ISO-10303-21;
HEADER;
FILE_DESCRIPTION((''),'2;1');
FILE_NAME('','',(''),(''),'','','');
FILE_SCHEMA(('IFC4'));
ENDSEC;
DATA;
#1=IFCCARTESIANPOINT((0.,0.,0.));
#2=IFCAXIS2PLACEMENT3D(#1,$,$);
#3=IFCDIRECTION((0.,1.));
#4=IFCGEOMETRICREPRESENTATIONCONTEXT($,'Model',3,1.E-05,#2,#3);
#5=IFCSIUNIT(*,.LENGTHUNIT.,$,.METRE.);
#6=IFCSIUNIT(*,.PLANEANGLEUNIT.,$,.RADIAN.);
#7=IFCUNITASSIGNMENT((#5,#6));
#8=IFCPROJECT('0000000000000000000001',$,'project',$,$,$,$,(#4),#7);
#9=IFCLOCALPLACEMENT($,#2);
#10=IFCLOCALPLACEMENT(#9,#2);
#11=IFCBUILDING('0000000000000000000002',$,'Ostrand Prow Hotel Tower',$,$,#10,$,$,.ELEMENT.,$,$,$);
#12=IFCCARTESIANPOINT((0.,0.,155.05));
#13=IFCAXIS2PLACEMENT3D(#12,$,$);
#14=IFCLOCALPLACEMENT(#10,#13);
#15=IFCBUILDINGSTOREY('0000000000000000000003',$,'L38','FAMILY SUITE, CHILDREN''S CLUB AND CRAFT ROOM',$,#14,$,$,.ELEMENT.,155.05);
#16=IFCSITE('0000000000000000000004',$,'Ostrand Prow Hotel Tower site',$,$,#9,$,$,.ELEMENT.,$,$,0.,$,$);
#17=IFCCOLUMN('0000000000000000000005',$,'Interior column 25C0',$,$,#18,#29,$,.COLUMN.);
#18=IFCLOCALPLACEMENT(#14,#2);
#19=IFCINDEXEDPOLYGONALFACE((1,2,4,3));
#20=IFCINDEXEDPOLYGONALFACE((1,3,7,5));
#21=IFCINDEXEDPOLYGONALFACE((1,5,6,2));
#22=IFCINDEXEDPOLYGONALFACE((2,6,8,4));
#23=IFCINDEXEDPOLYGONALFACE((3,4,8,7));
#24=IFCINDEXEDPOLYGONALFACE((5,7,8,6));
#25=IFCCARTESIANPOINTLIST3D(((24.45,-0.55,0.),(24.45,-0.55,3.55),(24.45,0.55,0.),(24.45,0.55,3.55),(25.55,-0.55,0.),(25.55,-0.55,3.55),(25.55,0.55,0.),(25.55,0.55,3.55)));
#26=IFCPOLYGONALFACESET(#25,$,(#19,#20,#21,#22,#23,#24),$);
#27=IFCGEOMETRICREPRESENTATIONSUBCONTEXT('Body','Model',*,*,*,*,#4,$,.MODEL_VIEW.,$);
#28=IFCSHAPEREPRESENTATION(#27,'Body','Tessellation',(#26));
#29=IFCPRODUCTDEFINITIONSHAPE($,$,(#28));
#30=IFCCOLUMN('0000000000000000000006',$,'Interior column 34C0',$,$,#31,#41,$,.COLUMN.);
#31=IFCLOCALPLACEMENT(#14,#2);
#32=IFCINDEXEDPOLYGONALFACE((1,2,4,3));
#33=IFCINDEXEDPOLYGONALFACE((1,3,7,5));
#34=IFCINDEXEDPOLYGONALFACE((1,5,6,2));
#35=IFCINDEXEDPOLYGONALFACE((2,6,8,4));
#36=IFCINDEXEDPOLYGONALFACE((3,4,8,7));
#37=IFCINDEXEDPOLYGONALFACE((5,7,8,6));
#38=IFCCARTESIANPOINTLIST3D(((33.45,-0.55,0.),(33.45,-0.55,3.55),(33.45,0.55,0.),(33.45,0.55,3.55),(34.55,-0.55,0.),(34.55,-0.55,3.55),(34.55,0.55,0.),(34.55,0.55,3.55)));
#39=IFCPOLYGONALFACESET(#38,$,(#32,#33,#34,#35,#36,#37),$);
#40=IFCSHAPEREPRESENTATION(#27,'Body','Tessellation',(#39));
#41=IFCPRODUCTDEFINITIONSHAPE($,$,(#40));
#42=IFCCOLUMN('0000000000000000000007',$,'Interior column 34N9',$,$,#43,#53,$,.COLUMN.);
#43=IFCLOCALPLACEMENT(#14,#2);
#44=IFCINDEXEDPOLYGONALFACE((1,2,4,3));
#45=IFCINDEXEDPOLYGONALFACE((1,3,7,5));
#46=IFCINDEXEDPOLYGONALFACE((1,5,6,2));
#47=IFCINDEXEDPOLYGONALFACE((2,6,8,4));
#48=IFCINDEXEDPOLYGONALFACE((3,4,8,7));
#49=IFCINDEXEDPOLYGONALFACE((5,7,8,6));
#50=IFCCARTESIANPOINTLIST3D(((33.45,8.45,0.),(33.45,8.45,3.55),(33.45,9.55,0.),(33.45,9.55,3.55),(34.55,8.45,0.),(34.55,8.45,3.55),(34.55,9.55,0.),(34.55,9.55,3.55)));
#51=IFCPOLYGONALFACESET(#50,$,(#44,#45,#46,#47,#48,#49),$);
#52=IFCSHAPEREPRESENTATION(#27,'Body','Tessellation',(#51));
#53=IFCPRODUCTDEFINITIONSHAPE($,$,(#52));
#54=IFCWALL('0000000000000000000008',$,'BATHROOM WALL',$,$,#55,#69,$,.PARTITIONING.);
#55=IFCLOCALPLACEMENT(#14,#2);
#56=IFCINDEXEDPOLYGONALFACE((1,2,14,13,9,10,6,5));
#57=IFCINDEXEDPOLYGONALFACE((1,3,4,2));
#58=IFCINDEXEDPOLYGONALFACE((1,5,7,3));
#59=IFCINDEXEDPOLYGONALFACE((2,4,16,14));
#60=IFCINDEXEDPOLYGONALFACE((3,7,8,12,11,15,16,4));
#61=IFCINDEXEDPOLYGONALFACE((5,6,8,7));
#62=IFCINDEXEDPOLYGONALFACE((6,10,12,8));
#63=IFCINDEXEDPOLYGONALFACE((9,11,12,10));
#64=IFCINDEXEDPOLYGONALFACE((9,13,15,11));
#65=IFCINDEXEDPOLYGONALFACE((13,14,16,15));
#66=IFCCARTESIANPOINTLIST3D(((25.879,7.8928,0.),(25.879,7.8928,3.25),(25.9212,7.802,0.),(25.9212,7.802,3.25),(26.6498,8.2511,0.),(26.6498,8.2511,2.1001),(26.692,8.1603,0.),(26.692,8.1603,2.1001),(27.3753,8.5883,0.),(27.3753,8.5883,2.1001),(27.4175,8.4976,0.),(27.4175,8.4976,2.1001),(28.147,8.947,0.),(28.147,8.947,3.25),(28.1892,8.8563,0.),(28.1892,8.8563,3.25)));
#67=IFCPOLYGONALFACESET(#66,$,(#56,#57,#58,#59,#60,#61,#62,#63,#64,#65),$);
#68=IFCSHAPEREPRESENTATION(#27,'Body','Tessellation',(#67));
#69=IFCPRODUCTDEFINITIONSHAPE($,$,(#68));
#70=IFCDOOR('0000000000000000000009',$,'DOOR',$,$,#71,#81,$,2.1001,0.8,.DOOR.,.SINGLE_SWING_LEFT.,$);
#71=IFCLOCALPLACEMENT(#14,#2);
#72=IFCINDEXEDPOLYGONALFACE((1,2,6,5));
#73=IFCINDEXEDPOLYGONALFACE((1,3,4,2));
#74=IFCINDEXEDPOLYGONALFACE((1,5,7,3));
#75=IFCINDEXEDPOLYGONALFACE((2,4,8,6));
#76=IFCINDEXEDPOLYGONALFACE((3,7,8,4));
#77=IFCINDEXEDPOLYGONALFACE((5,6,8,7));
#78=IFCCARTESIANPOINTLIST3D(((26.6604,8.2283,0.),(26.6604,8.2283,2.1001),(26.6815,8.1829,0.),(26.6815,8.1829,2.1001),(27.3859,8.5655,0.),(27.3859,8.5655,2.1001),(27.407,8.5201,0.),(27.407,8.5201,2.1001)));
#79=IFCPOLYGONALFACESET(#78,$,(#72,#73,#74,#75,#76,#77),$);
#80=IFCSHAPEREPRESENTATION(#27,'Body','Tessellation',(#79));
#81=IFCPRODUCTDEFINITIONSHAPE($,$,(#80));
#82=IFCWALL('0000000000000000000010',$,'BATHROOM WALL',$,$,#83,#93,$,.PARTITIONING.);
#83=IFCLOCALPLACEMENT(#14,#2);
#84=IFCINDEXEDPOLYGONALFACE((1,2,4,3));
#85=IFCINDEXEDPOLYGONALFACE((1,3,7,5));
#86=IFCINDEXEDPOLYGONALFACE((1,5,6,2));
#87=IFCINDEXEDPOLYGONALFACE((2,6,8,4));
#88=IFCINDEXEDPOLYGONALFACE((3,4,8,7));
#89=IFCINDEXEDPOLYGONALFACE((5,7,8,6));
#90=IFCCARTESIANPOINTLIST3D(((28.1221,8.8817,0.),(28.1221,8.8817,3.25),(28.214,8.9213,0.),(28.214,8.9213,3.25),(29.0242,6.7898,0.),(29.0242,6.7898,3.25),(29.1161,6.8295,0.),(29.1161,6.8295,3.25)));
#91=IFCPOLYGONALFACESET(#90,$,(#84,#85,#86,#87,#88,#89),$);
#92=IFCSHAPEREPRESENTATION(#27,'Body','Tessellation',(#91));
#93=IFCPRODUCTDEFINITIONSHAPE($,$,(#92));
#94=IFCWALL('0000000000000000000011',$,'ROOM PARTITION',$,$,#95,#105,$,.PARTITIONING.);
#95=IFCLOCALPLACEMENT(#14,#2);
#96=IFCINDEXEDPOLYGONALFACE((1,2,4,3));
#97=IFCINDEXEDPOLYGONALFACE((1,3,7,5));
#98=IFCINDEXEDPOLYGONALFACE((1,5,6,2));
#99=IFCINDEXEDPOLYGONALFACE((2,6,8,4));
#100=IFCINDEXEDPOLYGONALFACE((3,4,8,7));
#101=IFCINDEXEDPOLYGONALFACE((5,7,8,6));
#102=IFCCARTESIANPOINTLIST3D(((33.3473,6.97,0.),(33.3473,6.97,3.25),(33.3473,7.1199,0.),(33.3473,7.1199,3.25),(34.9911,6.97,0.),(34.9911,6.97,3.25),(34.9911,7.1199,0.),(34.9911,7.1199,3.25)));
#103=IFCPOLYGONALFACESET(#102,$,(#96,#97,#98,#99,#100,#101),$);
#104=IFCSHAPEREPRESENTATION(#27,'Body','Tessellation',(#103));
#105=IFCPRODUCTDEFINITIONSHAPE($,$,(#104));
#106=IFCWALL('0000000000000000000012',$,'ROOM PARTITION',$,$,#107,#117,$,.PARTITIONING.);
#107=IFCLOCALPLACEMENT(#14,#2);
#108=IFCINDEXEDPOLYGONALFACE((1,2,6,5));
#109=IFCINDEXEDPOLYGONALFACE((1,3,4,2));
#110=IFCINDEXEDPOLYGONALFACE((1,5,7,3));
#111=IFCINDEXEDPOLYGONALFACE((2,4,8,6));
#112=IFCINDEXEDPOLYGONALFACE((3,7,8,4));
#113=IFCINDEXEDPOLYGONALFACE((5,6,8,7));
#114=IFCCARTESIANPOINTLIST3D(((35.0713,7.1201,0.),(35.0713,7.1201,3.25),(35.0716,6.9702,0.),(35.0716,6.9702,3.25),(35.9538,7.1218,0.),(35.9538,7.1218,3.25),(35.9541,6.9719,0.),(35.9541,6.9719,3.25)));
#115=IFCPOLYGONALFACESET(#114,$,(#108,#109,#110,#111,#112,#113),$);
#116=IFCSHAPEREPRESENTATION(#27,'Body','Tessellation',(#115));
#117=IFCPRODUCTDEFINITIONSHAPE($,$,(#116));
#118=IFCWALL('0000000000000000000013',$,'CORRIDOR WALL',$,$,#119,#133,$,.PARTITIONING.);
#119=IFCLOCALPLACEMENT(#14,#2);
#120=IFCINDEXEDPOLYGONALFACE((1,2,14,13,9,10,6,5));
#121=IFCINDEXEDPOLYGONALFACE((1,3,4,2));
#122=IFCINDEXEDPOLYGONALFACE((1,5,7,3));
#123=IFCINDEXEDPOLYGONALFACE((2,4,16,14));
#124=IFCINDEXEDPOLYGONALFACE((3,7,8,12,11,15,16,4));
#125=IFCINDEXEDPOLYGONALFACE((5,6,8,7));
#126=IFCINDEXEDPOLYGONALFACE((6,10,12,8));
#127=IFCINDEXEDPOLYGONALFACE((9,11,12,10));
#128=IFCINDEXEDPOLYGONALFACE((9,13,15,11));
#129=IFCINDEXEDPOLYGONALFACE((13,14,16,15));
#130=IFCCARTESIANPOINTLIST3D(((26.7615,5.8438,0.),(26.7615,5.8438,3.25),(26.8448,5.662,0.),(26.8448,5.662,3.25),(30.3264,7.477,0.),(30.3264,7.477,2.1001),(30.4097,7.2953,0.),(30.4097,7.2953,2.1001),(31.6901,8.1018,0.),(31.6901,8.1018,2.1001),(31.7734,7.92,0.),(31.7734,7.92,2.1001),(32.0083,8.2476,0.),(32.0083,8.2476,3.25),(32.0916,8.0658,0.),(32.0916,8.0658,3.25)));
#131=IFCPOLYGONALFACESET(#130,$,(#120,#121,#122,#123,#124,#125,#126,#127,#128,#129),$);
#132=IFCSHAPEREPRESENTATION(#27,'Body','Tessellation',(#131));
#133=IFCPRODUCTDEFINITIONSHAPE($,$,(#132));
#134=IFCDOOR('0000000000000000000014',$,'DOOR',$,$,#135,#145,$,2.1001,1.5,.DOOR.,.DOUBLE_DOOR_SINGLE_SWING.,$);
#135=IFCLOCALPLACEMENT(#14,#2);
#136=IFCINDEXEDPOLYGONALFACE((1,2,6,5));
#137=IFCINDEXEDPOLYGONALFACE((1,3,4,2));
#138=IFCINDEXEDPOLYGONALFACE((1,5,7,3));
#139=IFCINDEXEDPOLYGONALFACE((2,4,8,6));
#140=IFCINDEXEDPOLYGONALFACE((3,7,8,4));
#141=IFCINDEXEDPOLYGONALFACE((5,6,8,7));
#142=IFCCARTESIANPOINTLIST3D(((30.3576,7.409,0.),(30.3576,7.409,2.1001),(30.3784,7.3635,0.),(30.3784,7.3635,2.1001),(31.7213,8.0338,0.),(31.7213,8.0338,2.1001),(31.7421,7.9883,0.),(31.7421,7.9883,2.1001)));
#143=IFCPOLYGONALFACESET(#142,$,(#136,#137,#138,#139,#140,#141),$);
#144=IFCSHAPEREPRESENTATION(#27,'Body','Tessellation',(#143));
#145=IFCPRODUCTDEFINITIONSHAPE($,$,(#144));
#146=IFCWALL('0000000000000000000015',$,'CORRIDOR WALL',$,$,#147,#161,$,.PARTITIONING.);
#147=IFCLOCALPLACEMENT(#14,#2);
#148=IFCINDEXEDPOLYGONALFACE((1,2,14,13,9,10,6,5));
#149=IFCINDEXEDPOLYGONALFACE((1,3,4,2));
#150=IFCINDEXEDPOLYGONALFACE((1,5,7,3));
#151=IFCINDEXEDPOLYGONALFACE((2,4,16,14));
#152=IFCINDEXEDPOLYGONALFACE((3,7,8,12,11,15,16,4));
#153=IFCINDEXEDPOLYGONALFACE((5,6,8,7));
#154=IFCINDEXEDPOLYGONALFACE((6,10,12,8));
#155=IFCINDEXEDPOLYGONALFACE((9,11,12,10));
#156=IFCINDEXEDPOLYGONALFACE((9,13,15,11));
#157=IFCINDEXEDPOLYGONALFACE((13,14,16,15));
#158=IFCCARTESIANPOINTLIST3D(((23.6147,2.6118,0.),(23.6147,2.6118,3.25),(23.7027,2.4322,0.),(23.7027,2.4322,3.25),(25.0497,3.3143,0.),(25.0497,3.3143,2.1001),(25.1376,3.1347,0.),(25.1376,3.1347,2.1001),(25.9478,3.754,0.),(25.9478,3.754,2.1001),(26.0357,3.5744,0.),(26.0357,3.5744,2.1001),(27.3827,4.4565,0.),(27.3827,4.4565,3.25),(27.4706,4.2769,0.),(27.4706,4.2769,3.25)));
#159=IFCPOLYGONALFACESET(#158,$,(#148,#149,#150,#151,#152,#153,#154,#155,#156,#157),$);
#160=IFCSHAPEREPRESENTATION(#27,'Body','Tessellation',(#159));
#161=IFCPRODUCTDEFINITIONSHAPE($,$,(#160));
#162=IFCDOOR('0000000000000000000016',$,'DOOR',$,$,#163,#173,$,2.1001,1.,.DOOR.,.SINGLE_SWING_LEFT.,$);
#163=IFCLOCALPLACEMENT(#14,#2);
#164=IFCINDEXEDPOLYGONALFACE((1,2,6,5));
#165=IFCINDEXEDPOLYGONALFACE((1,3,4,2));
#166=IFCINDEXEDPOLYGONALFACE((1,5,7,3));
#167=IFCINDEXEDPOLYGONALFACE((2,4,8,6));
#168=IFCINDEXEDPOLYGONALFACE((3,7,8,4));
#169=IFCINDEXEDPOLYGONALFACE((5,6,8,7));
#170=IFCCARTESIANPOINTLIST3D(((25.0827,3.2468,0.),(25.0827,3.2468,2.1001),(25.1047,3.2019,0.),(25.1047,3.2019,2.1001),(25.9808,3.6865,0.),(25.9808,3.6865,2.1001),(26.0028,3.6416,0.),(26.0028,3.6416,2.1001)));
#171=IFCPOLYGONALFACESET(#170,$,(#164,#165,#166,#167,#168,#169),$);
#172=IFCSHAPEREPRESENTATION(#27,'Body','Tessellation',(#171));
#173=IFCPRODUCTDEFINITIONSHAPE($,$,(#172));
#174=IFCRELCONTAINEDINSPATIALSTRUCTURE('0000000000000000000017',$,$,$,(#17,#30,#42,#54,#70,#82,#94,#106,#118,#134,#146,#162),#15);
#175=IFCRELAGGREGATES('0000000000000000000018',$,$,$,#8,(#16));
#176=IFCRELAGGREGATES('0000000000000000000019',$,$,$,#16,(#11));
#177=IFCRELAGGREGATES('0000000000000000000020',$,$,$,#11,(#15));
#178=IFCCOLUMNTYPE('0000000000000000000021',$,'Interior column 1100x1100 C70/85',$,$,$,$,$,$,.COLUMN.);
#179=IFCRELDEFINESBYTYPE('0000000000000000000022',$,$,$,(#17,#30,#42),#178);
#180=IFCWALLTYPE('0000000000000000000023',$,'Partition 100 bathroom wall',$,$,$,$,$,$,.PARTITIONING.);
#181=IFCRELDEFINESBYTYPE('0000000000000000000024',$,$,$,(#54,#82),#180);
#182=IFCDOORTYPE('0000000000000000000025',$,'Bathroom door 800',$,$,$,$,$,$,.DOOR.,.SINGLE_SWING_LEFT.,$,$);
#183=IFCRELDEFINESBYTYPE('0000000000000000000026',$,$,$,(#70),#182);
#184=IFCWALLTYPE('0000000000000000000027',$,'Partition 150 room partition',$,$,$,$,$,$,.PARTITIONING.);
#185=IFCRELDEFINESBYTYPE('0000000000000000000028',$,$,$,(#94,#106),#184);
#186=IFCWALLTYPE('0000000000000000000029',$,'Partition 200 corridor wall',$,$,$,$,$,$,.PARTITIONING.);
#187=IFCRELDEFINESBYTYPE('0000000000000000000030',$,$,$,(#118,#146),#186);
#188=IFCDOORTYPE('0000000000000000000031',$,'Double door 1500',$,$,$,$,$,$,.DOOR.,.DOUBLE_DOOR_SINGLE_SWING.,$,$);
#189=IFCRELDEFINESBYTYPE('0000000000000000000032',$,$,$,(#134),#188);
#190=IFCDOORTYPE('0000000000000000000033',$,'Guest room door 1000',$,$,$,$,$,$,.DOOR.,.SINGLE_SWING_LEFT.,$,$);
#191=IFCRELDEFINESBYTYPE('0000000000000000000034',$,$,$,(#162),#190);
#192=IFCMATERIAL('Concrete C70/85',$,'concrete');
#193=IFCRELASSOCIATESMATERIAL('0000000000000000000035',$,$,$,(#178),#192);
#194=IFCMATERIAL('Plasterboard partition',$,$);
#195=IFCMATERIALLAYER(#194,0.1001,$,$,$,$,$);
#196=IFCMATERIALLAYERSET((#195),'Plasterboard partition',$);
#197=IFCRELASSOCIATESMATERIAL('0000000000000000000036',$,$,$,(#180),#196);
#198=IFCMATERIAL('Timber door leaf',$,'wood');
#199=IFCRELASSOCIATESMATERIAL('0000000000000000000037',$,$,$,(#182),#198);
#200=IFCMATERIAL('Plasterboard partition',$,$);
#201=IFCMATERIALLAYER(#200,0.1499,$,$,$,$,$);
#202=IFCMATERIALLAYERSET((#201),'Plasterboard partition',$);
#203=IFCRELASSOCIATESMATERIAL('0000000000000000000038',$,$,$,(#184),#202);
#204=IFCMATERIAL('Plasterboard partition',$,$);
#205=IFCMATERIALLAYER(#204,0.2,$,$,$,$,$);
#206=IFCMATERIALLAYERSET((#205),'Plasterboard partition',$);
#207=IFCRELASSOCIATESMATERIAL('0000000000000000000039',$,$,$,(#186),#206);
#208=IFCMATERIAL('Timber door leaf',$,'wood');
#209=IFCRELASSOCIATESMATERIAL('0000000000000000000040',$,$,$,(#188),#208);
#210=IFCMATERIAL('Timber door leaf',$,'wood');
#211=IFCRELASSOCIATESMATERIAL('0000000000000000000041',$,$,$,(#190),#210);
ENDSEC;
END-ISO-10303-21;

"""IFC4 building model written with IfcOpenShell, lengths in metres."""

from ifc_helpers import new_model, si_unit, direction, frame, frame_2d, origin, origin_2d, place, context, subcontext, project, spatial, rectangle, extrude, material, layer, layer_set, material_profile, profile_set, type_object, element, fill, save


model = new_model("IFC4")

# Units and contexts
model_context = context("Model", 3, precision=1e-05, world=origin(), true_north=direction((0.0, 1.0)))
body_context = subcontext(model_context, "Body", "Model", "MODEL_VIEW")
ifc_project = project(units=[si_unit("LENGTHUNIT", "METRE"), si_unit("PLANEANGLEUNIT", "RADIAN")], contexts=[model_context])

# Site, building, storey
site_placement = place(None, origin())
site = spatial("IfcSite", under=ifc_project, at=site_placement, Name="Ostrand Prow Hotel Tower site", CompositionType="ELEMENT", RefElevation=0.0)
building_placement = place(site_placement, origin())
building = spatial("IfcBuilding", under=site, at=building_placement, Name="Ostrand Prow Hotel Tower", CompositionType="ELEMENT")
storey_placement = place(building_placement, frame((0.0, 0.0, 155.05)))
storey = spatial("IfcBuildingStorey", under=building, at=storey_placement, Name="L38", Description="FAMILY SUITE, CHILDREN'S CLUB AND CRAFT ROOM", CompositionType="ELEMENT", Elevation=155.05)

# Columns
ifc_material_1 = material(Name="Concrete C70/85", Category="concrete")
ifc_material_profile = material_profile(ifc_material_1, rectangle(XDim=1.1001, YDim=1.1001, at=origin_2d()), Name="RC 1100x1100")
ifc_profile_set = profile_set([ifc_material_profile], Name="Concrete C70/85")
column_type = type_object("IfcColumnType", Name="Interior column 1100x1100 C70/85", PredefinedType="COLUMN", material=ifc_profile_set)
for number, where, z_axis, x_axis, name in (
    (1, (25.0, 0.0, 0.0), (0.0, 0.0, 1.0), (1.0, 0.0, 0.0), "Interior column 25C0"),
    (2, (34.0, 0.0, 0.0), (0.0, 0.0, 1.0), (1.0, 0.0, 0.0), "Interior column 34C0"),
    (3, (34.0, 9.0, 0.0), (0.0, 0.0, 1.0), (1.0, 0.0, 0.0), "Interior column 34N9"),
):
    element("IfcColumn", number, at=place(storey_placement, frame(where, z_axis=z_axis, x_axis=x_axis)), inside=storey, type_object=column_type, Name=name, PredefinedType="COLUMN", context=body_context, shape_type="SweptSolid", body=[
        extrude(rectangle(XDim=1.1001, YDim=1.1001, at=origin_2d()), origin(), (0.0, 0.0, 1.0), 3.55),
    ])

# Wall, opening, door
ifc_material_2 = material(Name="Plasterboard partition")
ifc_layer_1 = layer(ifc_material_2, 0.1001)
ifc_layer_set_1 = layer_set([ifc_layer_1], Name="Plasterboard partition")
wall_type_1 = type_object("IfcWallType", Name="Partition 100 bathroom wall", PredefinedType="PARTITIONING", material=ifc_layer_set_1)
wall_1_placement = place(storey_placement, frame((25.9001, 7.8474, 0.0), z_axis=(0.0, 0.0, 1.0), x_axis=(0.906813, 0.421533, 0.0)))
wall_1 = element("IfcWall", 4, at=wall_1_placement, inside=storey, type_object=wall_type_1, Name="BATHROOM WALL", PredefinedType="PARTITIONING", context=body_context, shape_type="SweptSolid", body=[
    extrude(rectangle(XDim=2.501, YDim=0.1001, at=frame_2d((1.2505, 0.0))), origin(), (0.0, 0.0, 1.0), 3.25),
])
opening_1_placement = place(wall_1_placement, frame((0.8501, 0.0, 0.0)))
opening_1 = element("IfcOpeningElement", 5, at=opening_1_placement, cuts=wall_1, PredefinedType="OPENING", context=body_context, shape_type="SweptSolid", body=[
    extrude(rectangle(XDim=0.8, YDim=2.1001, at=frame_2d((0.3999, 1.05))), frame((0.0, 0.0601, 0.0), z_axis=(0.0, -1.0, 0.0), x_axis=(1.0, 0.0, 0.0)), (0.0, 0.0, 1.0), 0.1201),
])
ifc_material_3 = material(Name="Timber door leaf", Category="wood")
door_type_1 = type_object("IfcDoorType", Name="Bathroom door 800", OperationType="SINGLE_SWING_LEFT", PredefinedType="DOOR", material=ifc_material_3)
door_1_placement = place(opening_1_placement, origin())
door_1 = element("IfcDoor", 6, at=door_1_placement, inside=storey, type_object=door_type_1, Name="DOOR", OperationType="SINGLE_SWING_LEFT", OverallHeight=2.1001, OverallWidth=0.8, PredefinedType="DOOR", context=body_context, shape_type="SweptSolid", body=[
    extrude(rectangle(XDim=0.8, YDim=2.1001, at=frame_2d((0.3999, 1.05))), frame((0.0, 0.0249, 0.0), z_axis=(0.0, -1.0, 0.0), x_axis=(1.0, 0.0, 0.0)), (0.0, 0.0, 1.0), 0.05),
])
fill(opening_1, door_1)

# Walls
wall_2_placement = place(storey_placement, frame((28.168, 8.9016, 0.0), z_axis=(0.0, 0.0, 1.0), x_axis=(0.396001, -0.91825, 0.0)))
element("IfcWall", 7, at=wall_2_placement, inside=storey, type_object=wall_type_1, Name="BATHROOM WALL", PredefinedType="PARTITIONING", context=body_context, shape_type="SweptSolid", body=[
    extrude(rectangle(XDim=2.2781, YDim=0.1001, at=frame_2d((1.1392, 0.0))), origin(), (0.0, 0.0, 1.0), 3.25),
])
ifc_material_4 = material(Name="Plasterboard partition")
ifc_layer_2 = layer(ifc_material_4, 0.1499)
ifc_layer_set_2 = layer_set([ifc_layer_2], Name="Plasterboard partition")
wall_type_2 = type_object("IfcWallType", Name="Partition 150 room partition", PredefinedType="PARTITIONING", material=ifc_layer_set_2)
wall_3_placement = place(storey_placement, frame((33.3474, 7.0449, 0.0), z_axis=(0.0, 0.0, 1.0), x_axis=(1.0, 0.0, 0.0)))
element("IfcWall", 8, at=wall_3_placement, inside=storey, type_object=wall_type_2, Name="ROOM PARTITION", PredefinedType="PARTITIONING", context=body_context, shape_type="SweptSolid", body=[
    extrude(rectangle(XDim=1.6438, YDim=0.1499, at=frame_2d((0.8218, 0.0))), origin(), (0.0, 0.0, 1.0), 3.25),
])
wall_4_placement = place(storey_placement, frame((35.0713, 7.0452, 0.0), z_axis=(0.0, 0.0, 1.0), x_axis=(0.999998, 0.001936, 0.0)))
element("IfcWall", 9, at=wall_4_placement, inside=storey, type_object=wall_type_2, Name="ROOM PARTITION", PredefinedType="PARTITIONING", context=body_context, shape_type="SweptSolid", body=[
    extrude(rectangle(XDim=0.8826, YDim=0.1499, at=frame_2d((0.4414, 0.0))), origin(), (0.0, 0.0, 1.0), 3.25),
])

# Walls, openings, doors
ifc_material_5 = material(Name="Plasterboard partition")
ifc_layer_3 = layer(ifc_material_5, 0.2)
ifc_layer_set_3 = layer_set([ifc_layer_3], Name="Plasterboard partition")
wall_type_3 = type_object("IfcWallType", Name="Partition 200 corridor wall", PredefinedType="PARTITIONING", material=ifc_layer_set_3)
wall_5_placement = place(storey_placement, frame((32.05, 8.1567, 0.0), z_axis=(0.0, 0.0, 1.0), x_axis=(-0.90913, -0.416513, 0.0)))
wall_5 = element("IfcWall", 10, at=wall_5_placement, inside=storey, type_object=wall_type_3, Name="CORRIDOR WALL", PredefinedType="PARTITIONING", context=body_context, shape_type="SweptSolid", body=[
    extrude(rectangle(XDim=5.7712, YDim=0.2, at=frame_2d((2.8857, 0.0))), origin(), (0.0, 0.0, 1.0), 3.25),
])
opening_2_placement = place(wall_5_placement, frame((0.3501, 0.0, 0.0)))
opening_2 = element("IfcOpeningElement", 11, at=opening_2_placement, cuts=wall_5, PredefinedType="OPENING", context=body_context, shape_type="SweptSolid", body=[
    extrude(rectangle(XDim=1.5, YDim=2.1001, at=frame_2d((0.75, 1.05))), frame((0.0, 0.1099, 0.0), z_axis=(0.0, -1.0, 0.0), x_axis=(1.0, 0.0, 0.0)), (0.0, 0.0, 1.0), 0.22),
])
ifc_material_6 = material(Name="Timber door leaf", Category="wood")
door_type_2 = type_object("IfcDoorType", Name="Double door 1500", OperationType="DOUBLE_DOOR_SINGLE_SWING", PredefinedType="DOOR", material=ifc_material_6)
door_2_placement = place(opening_2_placement, origin())
door_2 = element("IfcDoor", 12, at=door_2_placement, inside=storey, type_object=door_type_2, Name="DOOR", OperationType="DOUBLE_DOOR_SINGLE_SWING", OverallHeight=2.1001, OverallWidth=1.5, PredefinedType="DOOR", context=body_context, shape_type="SweptSolid", body=[
    extrude(rectangle(XDim=1.5, YDim=2.1001, at=frame_2d((0.75, 1.05))), frame((0.0, 0.0249, 0.0), z_axis=(0.0, -1.0, 0.0), x_axis=(1.0, 0.0, 0.0)), (0.0, 0.0, 1.0), 0.05),
])
fill(opening_2, door_2)
wall_6_placement = place(storey_placement, frame((23.6587, 2.522, 0.0), z_axis=(0.0, 0.0, 1.0), x_axis=(0.898143, 0.439703, 0.0)))
wall_6 = element("IfcWall", 13, at=wall_6_placement, inside=storey, type_object=wall_type_3, Name="CORRIDOR WALL", PredefinedType="PARTITIONING", context=body_context, shape_type="SweptSolid", body=[
    extrude(rectangle(XDim=4.1953, YDim=0.2, at=frame_2d((2.0977, 0.0))), origin(), (0.0, 0.0, 1.0), 3.25),
])
opening_3_placement = place(wall_6_placement, frame((1.5977, 0.0, 0.0)))
opening_3 = element("IfcOpeningElement", 14, at=opening_3_placement, cuts=wall_6, PredefinedType="OPENING", context=body_context, shape_type="SweptSolid", body=[
    extrude(rectangle(XDim=1.0, YDim=2.1001, at=frame_2d((0.5, 1.05))), frame((0.0, 0.1099, 0.0), z_axis=(0.0, -1.0, 0.0), x_axis=(1.0, 0.0, 0.0)), (0.0, 0.0, 1.0), 0.22),
])
ifc_material_7 = material(Name="Timber door leaf", Category="wood")
door_type_3 = type_object("IfcDoorType", Name="Guest room door 1000", OperationType="SINGLE_SWING_LEFT", PredefinedType="DOOR", material=ifc_material_7)
door_3_placement = place(opening_3_placement, origin())
door_3 = element("IfcDoor", 15, at=door_3_placement, inside=storey, type_object=door_type_3, Name="DOOR", OperationType="SINGLE_SWING_LEFT", OverallHeight=2.1001, OverallWidth=1.0, PredefinedType="DOOR", context=body_context, shape_type="SweptSolid", body=[
    extrude(rectangle(XDim=1.0, YDim=2.1001, at=frame_2d((0.5, 1.05))), frame((0.0, 0.0249, 0.0), z_axis=(0.0, -1.0, 0.0), x_axis=(1.0, 0.0, 0.0)), (0.0, 0.0, 1.0), 0.05),
])
fill(opening_3, door_3)

save(model, "model.ifc")
